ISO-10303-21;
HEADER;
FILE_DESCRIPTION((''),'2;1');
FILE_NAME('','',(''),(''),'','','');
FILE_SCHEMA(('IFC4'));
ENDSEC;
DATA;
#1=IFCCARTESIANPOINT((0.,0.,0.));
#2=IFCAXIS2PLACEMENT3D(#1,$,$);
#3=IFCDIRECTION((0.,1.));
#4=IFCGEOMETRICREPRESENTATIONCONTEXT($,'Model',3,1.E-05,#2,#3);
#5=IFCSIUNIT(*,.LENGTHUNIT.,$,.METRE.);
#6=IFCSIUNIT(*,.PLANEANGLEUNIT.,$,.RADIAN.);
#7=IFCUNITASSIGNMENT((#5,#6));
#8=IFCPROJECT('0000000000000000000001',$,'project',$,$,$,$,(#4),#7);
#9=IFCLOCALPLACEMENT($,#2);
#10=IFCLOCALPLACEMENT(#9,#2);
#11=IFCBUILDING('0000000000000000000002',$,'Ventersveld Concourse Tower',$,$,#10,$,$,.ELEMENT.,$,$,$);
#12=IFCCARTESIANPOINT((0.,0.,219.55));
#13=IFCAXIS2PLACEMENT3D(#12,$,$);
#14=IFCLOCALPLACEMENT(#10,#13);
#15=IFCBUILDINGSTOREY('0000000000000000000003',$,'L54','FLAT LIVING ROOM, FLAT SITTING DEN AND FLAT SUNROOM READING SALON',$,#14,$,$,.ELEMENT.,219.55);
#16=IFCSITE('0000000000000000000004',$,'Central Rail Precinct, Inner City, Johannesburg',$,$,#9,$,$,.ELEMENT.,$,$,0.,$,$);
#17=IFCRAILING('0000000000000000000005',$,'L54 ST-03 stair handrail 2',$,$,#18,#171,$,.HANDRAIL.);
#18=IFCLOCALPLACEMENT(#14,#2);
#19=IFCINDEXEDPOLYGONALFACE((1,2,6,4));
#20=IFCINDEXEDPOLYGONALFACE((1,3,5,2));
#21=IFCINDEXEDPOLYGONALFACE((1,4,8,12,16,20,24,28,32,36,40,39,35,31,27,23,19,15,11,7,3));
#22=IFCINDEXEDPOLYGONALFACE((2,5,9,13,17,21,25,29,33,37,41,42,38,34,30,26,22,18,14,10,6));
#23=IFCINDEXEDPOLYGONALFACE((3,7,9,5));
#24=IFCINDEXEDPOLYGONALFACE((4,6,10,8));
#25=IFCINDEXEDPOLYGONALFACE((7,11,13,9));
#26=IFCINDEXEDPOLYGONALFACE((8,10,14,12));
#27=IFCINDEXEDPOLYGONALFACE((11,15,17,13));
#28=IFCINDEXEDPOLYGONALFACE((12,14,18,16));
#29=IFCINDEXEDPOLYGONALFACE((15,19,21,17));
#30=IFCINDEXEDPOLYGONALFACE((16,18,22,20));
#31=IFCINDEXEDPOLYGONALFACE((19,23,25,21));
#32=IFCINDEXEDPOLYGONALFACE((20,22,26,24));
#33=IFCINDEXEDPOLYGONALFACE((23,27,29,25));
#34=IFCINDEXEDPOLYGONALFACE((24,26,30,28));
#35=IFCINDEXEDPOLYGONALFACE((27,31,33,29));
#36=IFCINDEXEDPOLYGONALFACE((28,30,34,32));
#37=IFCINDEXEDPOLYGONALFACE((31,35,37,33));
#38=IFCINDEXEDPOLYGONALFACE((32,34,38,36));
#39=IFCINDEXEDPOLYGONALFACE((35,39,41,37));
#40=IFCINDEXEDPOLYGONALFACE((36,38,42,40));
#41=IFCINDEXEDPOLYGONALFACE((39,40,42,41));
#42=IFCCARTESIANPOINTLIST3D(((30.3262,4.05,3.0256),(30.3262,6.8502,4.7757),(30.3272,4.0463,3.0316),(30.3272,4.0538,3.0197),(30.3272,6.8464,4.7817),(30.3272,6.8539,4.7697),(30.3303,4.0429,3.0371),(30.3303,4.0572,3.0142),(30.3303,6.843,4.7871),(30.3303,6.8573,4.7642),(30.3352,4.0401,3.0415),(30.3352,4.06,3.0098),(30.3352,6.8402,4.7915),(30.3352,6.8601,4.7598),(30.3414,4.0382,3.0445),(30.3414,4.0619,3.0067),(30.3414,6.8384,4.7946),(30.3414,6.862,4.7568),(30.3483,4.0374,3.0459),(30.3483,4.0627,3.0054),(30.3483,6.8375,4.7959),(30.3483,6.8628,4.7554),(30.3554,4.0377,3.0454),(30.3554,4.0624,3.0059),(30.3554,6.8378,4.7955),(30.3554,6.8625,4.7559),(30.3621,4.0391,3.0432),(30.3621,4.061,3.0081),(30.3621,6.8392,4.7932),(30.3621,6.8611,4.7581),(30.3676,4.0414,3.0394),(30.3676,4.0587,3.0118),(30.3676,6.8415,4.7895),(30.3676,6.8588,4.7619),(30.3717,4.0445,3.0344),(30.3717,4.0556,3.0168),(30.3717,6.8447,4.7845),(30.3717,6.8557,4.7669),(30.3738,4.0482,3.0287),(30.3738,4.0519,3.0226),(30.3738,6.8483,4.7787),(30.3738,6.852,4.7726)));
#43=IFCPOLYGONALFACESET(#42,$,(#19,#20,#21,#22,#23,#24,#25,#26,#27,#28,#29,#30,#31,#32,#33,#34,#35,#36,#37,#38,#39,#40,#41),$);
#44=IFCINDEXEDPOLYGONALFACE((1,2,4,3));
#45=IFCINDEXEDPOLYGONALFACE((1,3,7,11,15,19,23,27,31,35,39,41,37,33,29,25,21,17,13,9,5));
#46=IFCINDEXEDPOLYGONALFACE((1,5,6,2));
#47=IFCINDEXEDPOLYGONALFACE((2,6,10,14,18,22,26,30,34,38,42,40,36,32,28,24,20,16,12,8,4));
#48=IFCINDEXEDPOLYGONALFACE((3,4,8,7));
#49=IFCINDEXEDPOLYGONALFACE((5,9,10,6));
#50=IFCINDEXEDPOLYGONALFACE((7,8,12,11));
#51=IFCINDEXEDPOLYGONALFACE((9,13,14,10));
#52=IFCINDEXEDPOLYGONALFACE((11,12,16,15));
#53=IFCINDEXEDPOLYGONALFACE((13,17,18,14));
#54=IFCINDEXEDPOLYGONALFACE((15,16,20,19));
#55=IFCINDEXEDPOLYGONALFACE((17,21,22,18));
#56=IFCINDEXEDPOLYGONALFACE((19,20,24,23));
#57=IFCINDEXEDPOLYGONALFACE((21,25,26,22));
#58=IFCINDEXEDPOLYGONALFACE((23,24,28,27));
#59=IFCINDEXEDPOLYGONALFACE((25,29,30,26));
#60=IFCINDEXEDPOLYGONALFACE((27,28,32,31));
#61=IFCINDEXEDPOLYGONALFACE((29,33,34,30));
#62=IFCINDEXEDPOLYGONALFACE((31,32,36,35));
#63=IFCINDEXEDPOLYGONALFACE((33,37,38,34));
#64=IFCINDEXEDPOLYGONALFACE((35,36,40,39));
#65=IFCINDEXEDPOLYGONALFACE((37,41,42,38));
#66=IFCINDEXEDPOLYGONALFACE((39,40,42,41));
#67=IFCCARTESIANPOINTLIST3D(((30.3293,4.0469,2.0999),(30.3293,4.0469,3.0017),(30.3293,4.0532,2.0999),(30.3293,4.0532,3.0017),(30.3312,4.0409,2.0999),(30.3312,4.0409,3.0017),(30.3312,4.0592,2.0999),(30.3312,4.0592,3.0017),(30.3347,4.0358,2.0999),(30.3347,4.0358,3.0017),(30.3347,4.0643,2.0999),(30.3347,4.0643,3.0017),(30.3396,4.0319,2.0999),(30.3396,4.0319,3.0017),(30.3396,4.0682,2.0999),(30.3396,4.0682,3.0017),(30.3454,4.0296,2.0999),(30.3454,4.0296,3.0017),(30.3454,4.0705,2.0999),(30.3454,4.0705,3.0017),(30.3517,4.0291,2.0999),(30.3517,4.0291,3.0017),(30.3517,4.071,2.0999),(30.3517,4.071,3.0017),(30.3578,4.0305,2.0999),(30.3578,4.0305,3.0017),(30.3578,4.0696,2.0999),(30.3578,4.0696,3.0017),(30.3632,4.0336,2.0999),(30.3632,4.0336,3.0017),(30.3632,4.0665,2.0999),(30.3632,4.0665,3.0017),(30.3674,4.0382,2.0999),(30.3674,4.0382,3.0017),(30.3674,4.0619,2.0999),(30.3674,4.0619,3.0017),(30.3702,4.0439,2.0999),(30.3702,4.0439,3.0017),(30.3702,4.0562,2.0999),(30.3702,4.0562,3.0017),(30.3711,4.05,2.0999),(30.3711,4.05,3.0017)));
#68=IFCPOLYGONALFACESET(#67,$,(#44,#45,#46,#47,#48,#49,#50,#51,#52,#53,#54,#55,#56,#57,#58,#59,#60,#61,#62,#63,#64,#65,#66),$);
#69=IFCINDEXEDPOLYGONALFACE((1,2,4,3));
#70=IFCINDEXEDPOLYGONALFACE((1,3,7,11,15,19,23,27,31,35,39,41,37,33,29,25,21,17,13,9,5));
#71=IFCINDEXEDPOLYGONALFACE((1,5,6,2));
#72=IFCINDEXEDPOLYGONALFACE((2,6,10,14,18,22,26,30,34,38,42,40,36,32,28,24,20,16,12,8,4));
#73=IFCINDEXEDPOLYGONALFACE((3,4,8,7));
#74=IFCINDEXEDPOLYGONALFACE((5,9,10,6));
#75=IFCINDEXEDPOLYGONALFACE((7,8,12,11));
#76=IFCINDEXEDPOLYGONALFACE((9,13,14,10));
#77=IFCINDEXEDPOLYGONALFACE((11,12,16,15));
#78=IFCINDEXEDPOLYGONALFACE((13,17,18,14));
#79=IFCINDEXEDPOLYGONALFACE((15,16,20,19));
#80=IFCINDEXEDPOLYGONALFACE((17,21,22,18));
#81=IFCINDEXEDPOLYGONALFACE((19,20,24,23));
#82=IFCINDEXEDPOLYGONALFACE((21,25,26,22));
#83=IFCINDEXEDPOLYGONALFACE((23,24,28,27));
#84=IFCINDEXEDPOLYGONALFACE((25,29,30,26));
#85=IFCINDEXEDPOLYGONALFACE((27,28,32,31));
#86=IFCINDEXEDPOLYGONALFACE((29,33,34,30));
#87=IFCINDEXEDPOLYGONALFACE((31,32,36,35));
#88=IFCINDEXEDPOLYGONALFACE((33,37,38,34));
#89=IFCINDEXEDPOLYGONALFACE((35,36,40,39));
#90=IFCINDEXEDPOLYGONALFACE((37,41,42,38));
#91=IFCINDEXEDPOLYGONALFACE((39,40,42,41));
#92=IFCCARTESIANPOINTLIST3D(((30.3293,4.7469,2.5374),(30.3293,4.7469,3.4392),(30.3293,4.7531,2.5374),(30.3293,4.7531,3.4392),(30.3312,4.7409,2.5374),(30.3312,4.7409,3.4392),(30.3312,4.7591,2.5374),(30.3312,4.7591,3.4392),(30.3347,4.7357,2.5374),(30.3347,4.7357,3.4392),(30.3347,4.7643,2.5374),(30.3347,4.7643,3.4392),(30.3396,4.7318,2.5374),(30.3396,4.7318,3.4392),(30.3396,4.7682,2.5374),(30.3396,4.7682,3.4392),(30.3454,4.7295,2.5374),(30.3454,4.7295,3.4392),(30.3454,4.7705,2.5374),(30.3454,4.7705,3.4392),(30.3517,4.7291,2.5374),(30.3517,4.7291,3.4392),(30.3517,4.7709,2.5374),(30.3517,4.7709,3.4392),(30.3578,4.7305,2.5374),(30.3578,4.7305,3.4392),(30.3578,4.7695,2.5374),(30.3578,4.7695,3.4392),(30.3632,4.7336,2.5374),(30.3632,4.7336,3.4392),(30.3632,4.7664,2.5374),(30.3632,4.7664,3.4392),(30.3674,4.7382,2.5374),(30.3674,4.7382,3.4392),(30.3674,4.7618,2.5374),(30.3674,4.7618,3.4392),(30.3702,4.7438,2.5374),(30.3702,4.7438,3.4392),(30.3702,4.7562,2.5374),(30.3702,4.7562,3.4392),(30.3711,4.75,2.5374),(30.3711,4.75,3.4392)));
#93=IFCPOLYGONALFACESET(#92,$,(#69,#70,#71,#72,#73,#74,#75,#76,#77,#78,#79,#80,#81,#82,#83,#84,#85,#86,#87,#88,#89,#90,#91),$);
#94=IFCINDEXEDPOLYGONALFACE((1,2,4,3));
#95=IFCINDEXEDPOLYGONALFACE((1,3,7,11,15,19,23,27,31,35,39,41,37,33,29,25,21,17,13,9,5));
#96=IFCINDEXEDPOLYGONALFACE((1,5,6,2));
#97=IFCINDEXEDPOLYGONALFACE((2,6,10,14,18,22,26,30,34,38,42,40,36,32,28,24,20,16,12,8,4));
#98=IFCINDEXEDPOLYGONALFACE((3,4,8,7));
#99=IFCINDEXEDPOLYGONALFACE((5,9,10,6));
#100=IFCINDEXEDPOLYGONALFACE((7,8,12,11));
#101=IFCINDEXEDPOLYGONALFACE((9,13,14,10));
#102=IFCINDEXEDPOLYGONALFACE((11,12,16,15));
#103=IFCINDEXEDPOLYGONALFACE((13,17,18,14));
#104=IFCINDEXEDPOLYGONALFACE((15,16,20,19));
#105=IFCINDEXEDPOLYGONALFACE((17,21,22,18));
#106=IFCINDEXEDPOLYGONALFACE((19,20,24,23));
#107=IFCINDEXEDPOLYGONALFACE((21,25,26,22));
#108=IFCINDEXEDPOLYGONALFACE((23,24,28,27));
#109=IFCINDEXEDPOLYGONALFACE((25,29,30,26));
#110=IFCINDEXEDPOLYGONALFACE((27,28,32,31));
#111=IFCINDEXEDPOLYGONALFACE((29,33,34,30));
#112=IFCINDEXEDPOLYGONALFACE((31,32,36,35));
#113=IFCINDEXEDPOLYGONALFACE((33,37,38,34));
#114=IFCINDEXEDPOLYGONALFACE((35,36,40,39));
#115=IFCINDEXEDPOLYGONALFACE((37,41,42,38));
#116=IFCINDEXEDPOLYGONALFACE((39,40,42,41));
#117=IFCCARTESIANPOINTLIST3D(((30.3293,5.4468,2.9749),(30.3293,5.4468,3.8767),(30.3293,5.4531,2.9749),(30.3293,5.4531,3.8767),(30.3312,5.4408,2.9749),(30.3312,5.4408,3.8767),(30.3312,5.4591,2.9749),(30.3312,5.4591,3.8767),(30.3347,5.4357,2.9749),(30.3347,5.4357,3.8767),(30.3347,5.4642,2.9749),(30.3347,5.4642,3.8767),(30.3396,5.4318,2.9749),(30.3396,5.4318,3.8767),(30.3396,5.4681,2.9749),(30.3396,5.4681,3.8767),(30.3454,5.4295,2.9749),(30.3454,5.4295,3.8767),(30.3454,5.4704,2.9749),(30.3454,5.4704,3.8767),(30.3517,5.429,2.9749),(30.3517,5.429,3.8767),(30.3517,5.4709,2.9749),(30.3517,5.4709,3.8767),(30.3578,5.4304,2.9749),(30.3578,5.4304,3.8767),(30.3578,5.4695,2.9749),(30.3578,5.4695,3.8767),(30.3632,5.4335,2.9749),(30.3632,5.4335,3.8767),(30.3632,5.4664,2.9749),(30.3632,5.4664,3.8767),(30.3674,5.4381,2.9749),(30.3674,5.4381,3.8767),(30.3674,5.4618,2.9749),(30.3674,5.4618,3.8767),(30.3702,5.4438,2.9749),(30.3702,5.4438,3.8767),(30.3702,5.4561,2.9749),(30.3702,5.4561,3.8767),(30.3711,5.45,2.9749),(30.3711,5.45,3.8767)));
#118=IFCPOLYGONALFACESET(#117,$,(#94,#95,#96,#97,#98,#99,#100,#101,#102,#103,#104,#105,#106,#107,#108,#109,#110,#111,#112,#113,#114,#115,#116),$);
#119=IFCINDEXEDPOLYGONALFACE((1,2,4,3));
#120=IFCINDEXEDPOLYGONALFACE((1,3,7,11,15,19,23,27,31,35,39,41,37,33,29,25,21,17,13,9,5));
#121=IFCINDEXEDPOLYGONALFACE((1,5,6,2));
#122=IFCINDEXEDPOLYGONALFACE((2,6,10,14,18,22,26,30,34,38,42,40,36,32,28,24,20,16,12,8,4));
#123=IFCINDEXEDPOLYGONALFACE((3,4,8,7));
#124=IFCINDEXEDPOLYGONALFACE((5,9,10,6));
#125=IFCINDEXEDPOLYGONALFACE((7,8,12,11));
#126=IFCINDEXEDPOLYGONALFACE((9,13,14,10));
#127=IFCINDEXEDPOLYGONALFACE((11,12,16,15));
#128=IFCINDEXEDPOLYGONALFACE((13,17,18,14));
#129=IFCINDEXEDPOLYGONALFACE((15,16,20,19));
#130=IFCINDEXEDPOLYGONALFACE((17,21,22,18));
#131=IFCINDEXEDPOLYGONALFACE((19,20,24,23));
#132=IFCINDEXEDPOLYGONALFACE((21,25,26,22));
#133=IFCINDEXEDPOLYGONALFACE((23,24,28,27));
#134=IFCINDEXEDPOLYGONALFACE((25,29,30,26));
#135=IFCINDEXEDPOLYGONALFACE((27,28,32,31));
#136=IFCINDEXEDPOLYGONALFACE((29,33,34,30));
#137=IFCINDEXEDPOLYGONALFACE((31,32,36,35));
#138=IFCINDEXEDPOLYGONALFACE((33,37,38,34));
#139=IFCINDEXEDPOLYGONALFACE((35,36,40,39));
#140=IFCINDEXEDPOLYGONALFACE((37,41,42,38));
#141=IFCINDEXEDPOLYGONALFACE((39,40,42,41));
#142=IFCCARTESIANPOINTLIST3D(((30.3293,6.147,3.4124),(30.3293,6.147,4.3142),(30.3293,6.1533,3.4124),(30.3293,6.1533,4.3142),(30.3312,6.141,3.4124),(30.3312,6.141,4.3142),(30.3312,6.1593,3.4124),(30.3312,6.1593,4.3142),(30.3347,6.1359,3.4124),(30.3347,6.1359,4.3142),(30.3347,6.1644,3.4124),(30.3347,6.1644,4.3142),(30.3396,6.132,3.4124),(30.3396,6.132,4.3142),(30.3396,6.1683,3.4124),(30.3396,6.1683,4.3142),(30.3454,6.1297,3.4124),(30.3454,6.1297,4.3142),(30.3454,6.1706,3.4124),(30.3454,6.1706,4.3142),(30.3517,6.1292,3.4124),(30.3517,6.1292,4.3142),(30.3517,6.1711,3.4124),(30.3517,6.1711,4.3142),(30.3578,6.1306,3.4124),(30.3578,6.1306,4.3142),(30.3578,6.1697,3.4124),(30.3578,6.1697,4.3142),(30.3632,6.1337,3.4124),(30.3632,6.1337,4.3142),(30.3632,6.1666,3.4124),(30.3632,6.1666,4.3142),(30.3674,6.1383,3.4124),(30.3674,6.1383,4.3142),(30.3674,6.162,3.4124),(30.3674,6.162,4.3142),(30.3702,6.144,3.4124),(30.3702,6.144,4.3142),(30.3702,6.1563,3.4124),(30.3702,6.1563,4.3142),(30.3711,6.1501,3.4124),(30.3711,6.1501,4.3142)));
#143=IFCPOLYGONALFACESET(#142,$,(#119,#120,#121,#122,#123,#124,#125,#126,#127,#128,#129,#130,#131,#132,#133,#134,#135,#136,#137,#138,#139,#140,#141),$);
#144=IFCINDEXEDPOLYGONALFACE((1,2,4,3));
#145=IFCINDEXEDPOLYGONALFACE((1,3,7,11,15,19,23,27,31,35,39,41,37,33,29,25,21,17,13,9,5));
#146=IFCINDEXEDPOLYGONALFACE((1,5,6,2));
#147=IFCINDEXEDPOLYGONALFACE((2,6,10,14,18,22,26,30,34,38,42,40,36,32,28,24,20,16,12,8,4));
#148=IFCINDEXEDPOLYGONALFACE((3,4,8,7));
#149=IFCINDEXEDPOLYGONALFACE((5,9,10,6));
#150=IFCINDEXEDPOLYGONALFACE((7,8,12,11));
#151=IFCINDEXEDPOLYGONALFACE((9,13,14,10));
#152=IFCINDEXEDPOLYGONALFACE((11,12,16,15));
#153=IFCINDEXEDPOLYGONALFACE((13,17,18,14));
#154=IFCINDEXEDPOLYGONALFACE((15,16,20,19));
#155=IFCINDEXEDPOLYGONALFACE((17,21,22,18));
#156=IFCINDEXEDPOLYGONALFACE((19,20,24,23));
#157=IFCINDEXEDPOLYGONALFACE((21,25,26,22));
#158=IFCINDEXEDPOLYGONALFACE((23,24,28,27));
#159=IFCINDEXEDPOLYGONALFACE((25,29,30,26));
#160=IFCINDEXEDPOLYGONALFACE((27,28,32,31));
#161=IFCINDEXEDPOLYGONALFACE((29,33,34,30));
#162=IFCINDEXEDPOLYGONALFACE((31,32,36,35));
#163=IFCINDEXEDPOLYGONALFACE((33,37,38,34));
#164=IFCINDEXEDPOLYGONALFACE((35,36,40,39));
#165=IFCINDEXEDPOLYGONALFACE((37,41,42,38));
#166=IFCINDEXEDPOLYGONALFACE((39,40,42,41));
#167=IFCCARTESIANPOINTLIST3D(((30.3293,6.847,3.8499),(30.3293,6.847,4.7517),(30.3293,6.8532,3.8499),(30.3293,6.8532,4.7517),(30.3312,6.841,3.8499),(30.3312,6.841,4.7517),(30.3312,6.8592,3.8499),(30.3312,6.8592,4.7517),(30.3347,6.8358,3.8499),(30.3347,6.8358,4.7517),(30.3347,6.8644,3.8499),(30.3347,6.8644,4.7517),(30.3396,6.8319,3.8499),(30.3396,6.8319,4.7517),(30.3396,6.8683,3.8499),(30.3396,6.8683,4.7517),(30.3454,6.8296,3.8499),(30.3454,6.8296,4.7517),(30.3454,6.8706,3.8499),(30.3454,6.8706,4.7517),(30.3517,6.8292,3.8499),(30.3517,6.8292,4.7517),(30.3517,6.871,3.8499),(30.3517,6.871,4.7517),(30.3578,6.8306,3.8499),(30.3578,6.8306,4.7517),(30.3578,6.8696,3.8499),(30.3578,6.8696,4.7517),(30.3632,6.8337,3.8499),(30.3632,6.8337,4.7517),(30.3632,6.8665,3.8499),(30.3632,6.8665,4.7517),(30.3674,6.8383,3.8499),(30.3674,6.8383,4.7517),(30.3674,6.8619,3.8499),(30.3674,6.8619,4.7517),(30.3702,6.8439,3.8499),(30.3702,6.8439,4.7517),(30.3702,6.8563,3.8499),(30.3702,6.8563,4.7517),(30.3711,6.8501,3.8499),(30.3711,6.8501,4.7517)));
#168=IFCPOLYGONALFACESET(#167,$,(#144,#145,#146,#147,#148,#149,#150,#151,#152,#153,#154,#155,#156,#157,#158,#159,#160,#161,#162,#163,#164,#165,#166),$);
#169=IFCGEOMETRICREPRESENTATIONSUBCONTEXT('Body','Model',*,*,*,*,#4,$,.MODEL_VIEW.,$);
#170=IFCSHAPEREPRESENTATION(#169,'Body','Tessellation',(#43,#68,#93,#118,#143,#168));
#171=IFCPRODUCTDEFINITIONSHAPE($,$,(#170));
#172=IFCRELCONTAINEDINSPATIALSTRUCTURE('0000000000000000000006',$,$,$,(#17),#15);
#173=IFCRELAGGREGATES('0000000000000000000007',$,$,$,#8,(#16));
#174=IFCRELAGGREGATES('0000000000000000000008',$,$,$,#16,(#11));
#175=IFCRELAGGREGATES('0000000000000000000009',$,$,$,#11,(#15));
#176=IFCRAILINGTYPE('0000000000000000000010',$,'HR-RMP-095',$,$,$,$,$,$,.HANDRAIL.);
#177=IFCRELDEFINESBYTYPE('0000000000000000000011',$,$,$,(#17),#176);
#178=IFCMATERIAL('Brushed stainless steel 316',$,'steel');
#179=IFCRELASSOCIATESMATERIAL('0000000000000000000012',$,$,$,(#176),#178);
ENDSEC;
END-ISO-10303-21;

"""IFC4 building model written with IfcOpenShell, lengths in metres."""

from ifc_helpers import new_model, si_unit, direction, frame, origin, origin_2d, place, context, subcontext, project, spatial, circle, extrude, material, type_object, element, save


model = new_model("IFC4")

# Units and contexts
model_context = context("Model", 3, precision=1e-05, world=origin(), true_north=direction((0.0, 1.0)))
body_context = subcontext(model_context, "Body", "Model", "MODEL_VIEW")
ifc_project = project(units=[si_unit("LENGTHUNIT", "METRE"), si_unit("PLANEANGLEUNIT", "RADIAN")], contexts=[model_context])

# Site, building, storey
site_placement = place(None, origin())
site = spatial("IfcSite", under=ifc_project, at=site_placement, Name="Central Rail Precinct, Inner City, Johannesburg", CompositionType="ELEMENT", RefElevation=0.0)
building_placement = place(site_placement, origin())
building = spatial("IfcBuilding", under=site, at=building_placement, Name="Ventersveld Concourse Tower", CompositionType="ELEMENT")
storey_placement = place(building_placement, frame((0.0, 0.0, 219.55)))
storey = spatial("IfcBuildingStorey", under=building, at=storey_placement, Name="L54", Description="FLAT LIVING ROOM, FLAT SITTING DEN AND FLAT SUNROOM READING SALON", CompositionType="ELEMENT", Elevation=219.55)

# Shared definitions
ifc_material_1 = material(Name="Brushed stainless steel 316", Category="steel")

# Railing
railing_type_1 = type_object("IfcRailingType", Name="HR-RMP-095", PredefinedType="HANDRAIL", material=ifc_material_1)
railing_1_placement = place(storey_placement, frame((30.3501, 4.05, 2.0999)))
element("IfcRailing", 1, at=railing_1_placement, inside=storey, type_object=railing_type_1, Name="L54 ST-03 stair handrail 2", PredefinedType="HANDRAIL", context=body_context, shape_type="SweptSolid", body=[
    extrude(circle(Radius=0.0239, at=origin_2d()), frame((0.0, 0.0, 0.9258), z_axis=(0.0, 0.848002, 0.529992), x_axis=(-1.0, 0.0, 0.0)), (0.0, 0.0, 1.0), 3.302),
    extrude(circle(Radius=0.021, at=origin_2d()), origin(), (0.0, 0.0, 1.0), 0.9019),
    extrude(circle(Radius=0.021, at=origin_2d()), frame((0.0, 0.7, 0.4375)), (0.0, 0.0, 1.0), 0.9019),
    extrude(circle(Radius=0.021, at=origin_2d()), frame((0.0, 1.3999, 0.875)), (0.0, 0.0, 1.0), 0.9019),
    extrude(circle(Radius=0.021, at=origin_2d()), frame((0.0, 2.1001, 1.3125)), (0.0, 0.0, 1.0), 0.9019),
    extrude(circle(Radius=0.021, at=origin_2d()), frame((0.0, 2.8, 1.75)), (0.0, 0.0, 1.0), 0.9019),
])

save(model, "model.ifc")
